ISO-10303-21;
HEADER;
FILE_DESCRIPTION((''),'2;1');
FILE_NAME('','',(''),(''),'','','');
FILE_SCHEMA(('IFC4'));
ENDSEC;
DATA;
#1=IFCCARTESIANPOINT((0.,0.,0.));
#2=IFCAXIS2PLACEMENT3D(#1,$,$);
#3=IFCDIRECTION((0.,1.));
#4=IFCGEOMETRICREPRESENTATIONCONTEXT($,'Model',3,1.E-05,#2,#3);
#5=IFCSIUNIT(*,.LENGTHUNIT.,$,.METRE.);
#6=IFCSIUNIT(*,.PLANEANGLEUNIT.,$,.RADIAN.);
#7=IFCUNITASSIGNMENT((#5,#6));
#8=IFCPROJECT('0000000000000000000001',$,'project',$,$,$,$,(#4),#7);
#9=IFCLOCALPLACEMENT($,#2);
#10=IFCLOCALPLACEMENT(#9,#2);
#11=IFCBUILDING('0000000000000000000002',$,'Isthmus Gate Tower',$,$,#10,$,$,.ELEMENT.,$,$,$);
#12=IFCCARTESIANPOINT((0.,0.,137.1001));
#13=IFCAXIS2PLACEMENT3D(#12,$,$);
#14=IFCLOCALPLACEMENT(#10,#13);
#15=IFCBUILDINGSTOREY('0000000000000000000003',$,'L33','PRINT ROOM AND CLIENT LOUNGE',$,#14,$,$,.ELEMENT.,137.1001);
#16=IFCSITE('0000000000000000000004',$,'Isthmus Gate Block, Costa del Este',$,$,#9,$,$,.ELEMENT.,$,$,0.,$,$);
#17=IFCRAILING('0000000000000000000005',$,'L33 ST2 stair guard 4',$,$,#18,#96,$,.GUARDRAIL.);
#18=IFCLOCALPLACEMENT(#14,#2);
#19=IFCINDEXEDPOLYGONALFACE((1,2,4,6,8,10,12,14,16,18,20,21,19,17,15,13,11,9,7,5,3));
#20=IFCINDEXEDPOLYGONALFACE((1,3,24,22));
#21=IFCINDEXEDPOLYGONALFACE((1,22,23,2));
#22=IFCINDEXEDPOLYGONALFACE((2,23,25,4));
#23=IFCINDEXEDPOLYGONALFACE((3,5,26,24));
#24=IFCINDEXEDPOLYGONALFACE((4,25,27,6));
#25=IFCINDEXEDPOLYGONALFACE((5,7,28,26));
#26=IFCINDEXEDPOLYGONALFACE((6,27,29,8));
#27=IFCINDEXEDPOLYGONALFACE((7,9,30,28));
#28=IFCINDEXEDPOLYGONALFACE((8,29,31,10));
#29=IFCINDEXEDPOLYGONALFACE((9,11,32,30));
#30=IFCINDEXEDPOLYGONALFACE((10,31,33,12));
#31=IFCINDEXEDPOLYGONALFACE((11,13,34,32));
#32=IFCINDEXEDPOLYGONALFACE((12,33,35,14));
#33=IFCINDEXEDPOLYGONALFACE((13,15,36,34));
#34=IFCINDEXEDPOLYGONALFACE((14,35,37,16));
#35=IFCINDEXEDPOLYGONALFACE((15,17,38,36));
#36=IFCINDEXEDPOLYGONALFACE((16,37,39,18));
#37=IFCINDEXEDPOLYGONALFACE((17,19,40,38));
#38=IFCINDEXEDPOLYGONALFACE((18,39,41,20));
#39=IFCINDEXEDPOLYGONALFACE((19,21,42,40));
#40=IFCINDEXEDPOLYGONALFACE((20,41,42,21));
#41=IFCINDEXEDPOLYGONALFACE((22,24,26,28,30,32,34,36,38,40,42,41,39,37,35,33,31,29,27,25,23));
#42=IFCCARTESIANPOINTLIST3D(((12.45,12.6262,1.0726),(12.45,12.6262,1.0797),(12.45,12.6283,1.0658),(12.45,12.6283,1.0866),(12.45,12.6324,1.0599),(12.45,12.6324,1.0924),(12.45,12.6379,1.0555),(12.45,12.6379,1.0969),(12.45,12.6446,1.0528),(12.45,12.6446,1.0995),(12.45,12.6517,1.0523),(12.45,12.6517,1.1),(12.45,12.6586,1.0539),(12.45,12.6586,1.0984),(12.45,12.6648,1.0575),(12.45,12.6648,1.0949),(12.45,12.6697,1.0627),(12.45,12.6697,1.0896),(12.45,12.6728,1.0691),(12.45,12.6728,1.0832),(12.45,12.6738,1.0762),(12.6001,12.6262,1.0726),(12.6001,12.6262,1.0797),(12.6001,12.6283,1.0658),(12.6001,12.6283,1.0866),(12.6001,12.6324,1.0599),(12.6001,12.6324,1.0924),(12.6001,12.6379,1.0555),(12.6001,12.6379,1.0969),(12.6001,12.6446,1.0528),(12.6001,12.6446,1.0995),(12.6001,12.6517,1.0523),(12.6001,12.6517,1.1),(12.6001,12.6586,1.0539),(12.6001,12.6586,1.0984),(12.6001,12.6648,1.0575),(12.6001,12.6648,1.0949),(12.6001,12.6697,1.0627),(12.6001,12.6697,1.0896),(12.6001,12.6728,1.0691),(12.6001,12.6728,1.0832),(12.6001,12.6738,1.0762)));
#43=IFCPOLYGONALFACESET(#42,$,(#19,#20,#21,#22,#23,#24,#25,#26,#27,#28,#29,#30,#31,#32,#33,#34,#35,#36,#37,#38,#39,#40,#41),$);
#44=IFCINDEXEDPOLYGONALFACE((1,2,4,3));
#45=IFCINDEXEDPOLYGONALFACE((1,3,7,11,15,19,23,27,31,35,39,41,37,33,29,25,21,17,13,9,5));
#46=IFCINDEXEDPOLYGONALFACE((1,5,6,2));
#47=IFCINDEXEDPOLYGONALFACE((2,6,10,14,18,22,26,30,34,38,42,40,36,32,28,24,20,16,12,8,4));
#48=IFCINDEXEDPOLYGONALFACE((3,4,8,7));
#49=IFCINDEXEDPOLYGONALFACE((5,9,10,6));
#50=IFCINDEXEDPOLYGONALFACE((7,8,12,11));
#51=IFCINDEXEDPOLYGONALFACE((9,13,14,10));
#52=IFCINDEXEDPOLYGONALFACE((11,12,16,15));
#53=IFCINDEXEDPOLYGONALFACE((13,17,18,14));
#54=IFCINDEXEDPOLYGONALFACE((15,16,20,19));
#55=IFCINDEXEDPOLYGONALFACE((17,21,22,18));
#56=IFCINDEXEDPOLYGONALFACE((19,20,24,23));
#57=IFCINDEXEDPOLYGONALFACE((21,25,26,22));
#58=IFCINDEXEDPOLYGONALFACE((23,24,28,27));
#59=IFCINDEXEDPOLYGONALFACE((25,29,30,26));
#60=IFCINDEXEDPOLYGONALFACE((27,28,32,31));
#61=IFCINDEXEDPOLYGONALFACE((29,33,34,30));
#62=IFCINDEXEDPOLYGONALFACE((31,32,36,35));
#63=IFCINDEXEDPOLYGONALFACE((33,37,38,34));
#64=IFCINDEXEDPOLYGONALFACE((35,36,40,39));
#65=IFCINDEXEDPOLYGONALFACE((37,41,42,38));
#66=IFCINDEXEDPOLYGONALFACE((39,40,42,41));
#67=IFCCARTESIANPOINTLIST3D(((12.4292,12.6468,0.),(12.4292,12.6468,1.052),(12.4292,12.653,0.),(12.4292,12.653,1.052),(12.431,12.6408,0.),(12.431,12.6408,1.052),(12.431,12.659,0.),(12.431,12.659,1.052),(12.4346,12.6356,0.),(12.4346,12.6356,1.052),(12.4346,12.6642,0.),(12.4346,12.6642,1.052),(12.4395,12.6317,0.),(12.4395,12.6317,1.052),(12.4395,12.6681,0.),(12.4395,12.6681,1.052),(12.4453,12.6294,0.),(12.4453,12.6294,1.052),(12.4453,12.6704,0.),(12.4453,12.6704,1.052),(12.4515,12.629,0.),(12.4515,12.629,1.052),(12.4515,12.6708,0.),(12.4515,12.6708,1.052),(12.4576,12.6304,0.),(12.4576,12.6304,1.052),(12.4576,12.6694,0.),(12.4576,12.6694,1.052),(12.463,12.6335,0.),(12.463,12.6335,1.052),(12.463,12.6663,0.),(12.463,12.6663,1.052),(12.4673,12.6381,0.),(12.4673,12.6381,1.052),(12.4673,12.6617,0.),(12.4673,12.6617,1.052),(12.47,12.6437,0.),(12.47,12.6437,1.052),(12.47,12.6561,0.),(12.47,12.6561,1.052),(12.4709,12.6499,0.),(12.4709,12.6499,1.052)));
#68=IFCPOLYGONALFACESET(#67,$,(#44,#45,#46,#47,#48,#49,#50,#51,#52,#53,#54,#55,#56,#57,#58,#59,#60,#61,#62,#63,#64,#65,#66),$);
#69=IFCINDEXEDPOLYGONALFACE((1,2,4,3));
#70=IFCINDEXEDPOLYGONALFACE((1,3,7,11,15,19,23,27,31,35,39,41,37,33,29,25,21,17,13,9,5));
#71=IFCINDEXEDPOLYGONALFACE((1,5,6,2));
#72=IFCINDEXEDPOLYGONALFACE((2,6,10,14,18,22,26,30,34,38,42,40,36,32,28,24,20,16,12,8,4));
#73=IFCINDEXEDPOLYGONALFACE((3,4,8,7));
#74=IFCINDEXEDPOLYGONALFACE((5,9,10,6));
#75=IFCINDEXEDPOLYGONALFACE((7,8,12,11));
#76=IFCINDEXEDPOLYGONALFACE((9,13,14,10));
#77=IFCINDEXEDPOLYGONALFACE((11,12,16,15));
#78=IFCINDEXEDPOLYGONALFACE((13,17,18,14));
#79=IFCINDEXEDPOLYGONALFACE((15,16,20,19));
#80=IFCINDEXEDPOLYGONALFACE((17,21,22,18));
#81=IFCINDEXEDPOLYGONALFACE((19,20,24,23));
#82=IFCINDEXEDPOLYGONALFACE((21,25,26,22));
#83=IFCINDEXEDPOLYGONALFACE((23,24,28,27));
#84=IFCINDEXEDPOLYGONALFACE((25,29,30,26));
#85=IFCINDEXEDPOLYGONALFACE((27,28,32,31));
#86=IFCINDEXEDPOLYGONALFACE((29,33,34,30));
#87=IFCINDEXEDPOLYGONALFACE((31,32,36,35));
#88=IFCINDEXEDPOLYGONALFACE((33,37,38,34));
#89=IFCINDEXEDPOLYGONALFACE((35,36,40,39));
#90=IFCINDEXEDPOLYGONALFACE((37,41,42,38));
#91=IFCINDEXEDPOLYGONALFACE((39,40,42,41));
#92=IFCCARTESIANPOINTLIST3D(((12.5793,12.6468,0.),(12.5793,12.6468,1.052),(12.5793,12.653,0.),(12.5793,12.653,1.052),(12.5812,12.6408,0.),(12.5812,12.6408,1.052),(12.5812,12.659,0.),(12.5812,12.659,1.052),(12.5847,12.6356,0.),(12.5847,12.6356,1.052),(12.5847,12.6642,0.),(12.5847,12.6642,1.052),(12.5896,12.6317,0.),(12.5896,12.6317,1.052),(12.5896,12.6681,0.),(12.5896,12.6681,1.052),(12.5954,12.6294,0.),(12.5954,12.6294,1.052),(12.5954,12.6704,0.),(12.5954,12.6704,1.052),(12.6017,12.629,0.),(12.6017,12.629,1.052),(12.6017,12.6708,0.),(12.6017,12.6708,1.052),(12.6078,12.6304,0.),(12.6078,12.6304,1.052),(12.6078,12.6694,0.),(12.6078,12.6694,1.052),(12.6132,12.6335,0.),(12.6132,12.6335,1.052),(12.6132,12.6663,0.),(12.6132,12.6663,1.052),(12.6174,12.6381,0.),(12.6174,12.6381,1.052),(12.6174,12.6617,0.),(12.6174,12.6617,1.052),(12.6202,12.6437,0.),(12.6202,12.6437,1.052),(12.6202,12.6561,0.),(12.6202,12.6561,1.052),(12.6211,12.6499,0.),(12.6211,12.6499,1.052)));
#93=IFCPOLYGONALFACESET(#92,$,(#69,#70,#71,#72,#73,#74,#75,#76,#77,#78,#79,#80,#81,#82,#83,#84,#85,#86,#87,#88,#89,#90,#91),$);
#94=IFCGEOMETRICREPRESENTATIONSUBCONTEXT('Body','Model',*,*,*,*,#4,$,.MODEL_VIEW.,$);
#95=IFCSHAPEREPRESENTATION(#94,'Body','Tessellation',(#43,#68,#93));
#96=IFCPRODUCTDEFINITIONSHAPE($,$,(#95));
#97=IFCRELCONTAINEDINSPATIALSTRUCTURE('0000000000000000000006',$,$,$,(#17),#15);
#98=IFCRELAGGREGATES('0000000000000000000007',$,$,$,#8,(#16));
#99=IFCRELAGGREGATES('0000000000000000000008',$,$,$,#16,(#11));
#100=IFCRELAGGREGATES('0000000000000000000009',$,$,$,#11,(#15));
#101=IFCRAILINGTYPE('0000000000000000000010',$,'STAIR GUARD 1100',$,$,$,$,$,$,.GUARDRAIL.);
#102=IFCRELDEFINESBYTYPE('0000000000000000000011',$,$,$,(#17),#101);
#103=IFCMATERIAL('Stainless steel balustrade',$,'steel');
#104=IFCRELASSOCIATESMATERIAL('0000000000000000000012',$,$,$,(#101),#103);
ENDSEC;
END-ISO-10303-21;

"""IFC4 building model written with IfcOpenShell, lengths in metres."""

from ifc_helpers import new_model, si_unit, direction, frame, origin, origin_2d, place, context, subcontext, project, spatial, circle, extrude, material, type_object, element, save


model = new_model("IFC4")

# Units and contexts
model_context = context("Model", 3, precision=1e-05, world=origin(), true_north=direction((0.0, 1.0)))
body_context = subcontext(model_context, "Body", "Model", "MODEL_VIEW")
ifc_project = project(units=[si_unit("LENGTHUNIT", "METRE"), si_unit("PLANEANGLEUNIT", "RADIAN")], contexts=[model_context])

# Site, building, storey
site_placement = place(None, origin())
site = spatial("IfcSite", under=ifc_project, at=site_placement, Name="Isthmus Gate Block, Costa del Este", CompositionType="ELEMENT", RefElevation=0.0)
building_placement = place(site_placement, origin())
building = spatial("IfcBuilding", under=site, at=building_placement, Name="Isthmus Gate Tower", CompositionType="ELEMENT")
storey_placement = place(building_placement, frame((0.0, 0.0, 137.1001)))
storey = spatial("IfcBuildingStorey", under=building, at=storey_placement, Name="L33", Description="PRINT ROOM AND CLIENT LOUNGE", CompositionType="ELEMENT", Elevation=137.1001)

# Railing
ifc_material_1 = material(Name="Stainless steel balustrade", Category="steel")
railing_type = type_object("IfcRailingType", Name="STAIR GUARD 1100", PredefinedType="GUARDRAIL", material=ifc_material_1)
railing_1_placement = place(storey_placement, frame((12.45, 12.6499, 0.0)))
element("IfcRailing", 1, at=railing_1_placement, inside=storey, type_object=railing_type, Name="L33 ST2 stair guard 4", PredefinedType="GUARDRAIL", context=body_context, shape_type="SweptSolid", body=[
    extrude(circle(Radius=0.0239, at=origin_2d()), frame((0.0, 0.0, 1.0762), z_axis=(1.0, 0.0, 0.0), x_axis=(0.0, 1.0, 0.0)), (0.0, 0.0, 1.0), 0.1501),
    extrude(circle(Radius=0.021, at=origin_2d()), origin(), (0.0, 0.0, 1.0), 1.052),
    extrude(circle(Radius=0.021, at=origin_2d()), frame((0.1501, 0.0, 0.0)), (0.0, 0.0, 1.0), 1.052),
])

save(model, "model.ifc")
